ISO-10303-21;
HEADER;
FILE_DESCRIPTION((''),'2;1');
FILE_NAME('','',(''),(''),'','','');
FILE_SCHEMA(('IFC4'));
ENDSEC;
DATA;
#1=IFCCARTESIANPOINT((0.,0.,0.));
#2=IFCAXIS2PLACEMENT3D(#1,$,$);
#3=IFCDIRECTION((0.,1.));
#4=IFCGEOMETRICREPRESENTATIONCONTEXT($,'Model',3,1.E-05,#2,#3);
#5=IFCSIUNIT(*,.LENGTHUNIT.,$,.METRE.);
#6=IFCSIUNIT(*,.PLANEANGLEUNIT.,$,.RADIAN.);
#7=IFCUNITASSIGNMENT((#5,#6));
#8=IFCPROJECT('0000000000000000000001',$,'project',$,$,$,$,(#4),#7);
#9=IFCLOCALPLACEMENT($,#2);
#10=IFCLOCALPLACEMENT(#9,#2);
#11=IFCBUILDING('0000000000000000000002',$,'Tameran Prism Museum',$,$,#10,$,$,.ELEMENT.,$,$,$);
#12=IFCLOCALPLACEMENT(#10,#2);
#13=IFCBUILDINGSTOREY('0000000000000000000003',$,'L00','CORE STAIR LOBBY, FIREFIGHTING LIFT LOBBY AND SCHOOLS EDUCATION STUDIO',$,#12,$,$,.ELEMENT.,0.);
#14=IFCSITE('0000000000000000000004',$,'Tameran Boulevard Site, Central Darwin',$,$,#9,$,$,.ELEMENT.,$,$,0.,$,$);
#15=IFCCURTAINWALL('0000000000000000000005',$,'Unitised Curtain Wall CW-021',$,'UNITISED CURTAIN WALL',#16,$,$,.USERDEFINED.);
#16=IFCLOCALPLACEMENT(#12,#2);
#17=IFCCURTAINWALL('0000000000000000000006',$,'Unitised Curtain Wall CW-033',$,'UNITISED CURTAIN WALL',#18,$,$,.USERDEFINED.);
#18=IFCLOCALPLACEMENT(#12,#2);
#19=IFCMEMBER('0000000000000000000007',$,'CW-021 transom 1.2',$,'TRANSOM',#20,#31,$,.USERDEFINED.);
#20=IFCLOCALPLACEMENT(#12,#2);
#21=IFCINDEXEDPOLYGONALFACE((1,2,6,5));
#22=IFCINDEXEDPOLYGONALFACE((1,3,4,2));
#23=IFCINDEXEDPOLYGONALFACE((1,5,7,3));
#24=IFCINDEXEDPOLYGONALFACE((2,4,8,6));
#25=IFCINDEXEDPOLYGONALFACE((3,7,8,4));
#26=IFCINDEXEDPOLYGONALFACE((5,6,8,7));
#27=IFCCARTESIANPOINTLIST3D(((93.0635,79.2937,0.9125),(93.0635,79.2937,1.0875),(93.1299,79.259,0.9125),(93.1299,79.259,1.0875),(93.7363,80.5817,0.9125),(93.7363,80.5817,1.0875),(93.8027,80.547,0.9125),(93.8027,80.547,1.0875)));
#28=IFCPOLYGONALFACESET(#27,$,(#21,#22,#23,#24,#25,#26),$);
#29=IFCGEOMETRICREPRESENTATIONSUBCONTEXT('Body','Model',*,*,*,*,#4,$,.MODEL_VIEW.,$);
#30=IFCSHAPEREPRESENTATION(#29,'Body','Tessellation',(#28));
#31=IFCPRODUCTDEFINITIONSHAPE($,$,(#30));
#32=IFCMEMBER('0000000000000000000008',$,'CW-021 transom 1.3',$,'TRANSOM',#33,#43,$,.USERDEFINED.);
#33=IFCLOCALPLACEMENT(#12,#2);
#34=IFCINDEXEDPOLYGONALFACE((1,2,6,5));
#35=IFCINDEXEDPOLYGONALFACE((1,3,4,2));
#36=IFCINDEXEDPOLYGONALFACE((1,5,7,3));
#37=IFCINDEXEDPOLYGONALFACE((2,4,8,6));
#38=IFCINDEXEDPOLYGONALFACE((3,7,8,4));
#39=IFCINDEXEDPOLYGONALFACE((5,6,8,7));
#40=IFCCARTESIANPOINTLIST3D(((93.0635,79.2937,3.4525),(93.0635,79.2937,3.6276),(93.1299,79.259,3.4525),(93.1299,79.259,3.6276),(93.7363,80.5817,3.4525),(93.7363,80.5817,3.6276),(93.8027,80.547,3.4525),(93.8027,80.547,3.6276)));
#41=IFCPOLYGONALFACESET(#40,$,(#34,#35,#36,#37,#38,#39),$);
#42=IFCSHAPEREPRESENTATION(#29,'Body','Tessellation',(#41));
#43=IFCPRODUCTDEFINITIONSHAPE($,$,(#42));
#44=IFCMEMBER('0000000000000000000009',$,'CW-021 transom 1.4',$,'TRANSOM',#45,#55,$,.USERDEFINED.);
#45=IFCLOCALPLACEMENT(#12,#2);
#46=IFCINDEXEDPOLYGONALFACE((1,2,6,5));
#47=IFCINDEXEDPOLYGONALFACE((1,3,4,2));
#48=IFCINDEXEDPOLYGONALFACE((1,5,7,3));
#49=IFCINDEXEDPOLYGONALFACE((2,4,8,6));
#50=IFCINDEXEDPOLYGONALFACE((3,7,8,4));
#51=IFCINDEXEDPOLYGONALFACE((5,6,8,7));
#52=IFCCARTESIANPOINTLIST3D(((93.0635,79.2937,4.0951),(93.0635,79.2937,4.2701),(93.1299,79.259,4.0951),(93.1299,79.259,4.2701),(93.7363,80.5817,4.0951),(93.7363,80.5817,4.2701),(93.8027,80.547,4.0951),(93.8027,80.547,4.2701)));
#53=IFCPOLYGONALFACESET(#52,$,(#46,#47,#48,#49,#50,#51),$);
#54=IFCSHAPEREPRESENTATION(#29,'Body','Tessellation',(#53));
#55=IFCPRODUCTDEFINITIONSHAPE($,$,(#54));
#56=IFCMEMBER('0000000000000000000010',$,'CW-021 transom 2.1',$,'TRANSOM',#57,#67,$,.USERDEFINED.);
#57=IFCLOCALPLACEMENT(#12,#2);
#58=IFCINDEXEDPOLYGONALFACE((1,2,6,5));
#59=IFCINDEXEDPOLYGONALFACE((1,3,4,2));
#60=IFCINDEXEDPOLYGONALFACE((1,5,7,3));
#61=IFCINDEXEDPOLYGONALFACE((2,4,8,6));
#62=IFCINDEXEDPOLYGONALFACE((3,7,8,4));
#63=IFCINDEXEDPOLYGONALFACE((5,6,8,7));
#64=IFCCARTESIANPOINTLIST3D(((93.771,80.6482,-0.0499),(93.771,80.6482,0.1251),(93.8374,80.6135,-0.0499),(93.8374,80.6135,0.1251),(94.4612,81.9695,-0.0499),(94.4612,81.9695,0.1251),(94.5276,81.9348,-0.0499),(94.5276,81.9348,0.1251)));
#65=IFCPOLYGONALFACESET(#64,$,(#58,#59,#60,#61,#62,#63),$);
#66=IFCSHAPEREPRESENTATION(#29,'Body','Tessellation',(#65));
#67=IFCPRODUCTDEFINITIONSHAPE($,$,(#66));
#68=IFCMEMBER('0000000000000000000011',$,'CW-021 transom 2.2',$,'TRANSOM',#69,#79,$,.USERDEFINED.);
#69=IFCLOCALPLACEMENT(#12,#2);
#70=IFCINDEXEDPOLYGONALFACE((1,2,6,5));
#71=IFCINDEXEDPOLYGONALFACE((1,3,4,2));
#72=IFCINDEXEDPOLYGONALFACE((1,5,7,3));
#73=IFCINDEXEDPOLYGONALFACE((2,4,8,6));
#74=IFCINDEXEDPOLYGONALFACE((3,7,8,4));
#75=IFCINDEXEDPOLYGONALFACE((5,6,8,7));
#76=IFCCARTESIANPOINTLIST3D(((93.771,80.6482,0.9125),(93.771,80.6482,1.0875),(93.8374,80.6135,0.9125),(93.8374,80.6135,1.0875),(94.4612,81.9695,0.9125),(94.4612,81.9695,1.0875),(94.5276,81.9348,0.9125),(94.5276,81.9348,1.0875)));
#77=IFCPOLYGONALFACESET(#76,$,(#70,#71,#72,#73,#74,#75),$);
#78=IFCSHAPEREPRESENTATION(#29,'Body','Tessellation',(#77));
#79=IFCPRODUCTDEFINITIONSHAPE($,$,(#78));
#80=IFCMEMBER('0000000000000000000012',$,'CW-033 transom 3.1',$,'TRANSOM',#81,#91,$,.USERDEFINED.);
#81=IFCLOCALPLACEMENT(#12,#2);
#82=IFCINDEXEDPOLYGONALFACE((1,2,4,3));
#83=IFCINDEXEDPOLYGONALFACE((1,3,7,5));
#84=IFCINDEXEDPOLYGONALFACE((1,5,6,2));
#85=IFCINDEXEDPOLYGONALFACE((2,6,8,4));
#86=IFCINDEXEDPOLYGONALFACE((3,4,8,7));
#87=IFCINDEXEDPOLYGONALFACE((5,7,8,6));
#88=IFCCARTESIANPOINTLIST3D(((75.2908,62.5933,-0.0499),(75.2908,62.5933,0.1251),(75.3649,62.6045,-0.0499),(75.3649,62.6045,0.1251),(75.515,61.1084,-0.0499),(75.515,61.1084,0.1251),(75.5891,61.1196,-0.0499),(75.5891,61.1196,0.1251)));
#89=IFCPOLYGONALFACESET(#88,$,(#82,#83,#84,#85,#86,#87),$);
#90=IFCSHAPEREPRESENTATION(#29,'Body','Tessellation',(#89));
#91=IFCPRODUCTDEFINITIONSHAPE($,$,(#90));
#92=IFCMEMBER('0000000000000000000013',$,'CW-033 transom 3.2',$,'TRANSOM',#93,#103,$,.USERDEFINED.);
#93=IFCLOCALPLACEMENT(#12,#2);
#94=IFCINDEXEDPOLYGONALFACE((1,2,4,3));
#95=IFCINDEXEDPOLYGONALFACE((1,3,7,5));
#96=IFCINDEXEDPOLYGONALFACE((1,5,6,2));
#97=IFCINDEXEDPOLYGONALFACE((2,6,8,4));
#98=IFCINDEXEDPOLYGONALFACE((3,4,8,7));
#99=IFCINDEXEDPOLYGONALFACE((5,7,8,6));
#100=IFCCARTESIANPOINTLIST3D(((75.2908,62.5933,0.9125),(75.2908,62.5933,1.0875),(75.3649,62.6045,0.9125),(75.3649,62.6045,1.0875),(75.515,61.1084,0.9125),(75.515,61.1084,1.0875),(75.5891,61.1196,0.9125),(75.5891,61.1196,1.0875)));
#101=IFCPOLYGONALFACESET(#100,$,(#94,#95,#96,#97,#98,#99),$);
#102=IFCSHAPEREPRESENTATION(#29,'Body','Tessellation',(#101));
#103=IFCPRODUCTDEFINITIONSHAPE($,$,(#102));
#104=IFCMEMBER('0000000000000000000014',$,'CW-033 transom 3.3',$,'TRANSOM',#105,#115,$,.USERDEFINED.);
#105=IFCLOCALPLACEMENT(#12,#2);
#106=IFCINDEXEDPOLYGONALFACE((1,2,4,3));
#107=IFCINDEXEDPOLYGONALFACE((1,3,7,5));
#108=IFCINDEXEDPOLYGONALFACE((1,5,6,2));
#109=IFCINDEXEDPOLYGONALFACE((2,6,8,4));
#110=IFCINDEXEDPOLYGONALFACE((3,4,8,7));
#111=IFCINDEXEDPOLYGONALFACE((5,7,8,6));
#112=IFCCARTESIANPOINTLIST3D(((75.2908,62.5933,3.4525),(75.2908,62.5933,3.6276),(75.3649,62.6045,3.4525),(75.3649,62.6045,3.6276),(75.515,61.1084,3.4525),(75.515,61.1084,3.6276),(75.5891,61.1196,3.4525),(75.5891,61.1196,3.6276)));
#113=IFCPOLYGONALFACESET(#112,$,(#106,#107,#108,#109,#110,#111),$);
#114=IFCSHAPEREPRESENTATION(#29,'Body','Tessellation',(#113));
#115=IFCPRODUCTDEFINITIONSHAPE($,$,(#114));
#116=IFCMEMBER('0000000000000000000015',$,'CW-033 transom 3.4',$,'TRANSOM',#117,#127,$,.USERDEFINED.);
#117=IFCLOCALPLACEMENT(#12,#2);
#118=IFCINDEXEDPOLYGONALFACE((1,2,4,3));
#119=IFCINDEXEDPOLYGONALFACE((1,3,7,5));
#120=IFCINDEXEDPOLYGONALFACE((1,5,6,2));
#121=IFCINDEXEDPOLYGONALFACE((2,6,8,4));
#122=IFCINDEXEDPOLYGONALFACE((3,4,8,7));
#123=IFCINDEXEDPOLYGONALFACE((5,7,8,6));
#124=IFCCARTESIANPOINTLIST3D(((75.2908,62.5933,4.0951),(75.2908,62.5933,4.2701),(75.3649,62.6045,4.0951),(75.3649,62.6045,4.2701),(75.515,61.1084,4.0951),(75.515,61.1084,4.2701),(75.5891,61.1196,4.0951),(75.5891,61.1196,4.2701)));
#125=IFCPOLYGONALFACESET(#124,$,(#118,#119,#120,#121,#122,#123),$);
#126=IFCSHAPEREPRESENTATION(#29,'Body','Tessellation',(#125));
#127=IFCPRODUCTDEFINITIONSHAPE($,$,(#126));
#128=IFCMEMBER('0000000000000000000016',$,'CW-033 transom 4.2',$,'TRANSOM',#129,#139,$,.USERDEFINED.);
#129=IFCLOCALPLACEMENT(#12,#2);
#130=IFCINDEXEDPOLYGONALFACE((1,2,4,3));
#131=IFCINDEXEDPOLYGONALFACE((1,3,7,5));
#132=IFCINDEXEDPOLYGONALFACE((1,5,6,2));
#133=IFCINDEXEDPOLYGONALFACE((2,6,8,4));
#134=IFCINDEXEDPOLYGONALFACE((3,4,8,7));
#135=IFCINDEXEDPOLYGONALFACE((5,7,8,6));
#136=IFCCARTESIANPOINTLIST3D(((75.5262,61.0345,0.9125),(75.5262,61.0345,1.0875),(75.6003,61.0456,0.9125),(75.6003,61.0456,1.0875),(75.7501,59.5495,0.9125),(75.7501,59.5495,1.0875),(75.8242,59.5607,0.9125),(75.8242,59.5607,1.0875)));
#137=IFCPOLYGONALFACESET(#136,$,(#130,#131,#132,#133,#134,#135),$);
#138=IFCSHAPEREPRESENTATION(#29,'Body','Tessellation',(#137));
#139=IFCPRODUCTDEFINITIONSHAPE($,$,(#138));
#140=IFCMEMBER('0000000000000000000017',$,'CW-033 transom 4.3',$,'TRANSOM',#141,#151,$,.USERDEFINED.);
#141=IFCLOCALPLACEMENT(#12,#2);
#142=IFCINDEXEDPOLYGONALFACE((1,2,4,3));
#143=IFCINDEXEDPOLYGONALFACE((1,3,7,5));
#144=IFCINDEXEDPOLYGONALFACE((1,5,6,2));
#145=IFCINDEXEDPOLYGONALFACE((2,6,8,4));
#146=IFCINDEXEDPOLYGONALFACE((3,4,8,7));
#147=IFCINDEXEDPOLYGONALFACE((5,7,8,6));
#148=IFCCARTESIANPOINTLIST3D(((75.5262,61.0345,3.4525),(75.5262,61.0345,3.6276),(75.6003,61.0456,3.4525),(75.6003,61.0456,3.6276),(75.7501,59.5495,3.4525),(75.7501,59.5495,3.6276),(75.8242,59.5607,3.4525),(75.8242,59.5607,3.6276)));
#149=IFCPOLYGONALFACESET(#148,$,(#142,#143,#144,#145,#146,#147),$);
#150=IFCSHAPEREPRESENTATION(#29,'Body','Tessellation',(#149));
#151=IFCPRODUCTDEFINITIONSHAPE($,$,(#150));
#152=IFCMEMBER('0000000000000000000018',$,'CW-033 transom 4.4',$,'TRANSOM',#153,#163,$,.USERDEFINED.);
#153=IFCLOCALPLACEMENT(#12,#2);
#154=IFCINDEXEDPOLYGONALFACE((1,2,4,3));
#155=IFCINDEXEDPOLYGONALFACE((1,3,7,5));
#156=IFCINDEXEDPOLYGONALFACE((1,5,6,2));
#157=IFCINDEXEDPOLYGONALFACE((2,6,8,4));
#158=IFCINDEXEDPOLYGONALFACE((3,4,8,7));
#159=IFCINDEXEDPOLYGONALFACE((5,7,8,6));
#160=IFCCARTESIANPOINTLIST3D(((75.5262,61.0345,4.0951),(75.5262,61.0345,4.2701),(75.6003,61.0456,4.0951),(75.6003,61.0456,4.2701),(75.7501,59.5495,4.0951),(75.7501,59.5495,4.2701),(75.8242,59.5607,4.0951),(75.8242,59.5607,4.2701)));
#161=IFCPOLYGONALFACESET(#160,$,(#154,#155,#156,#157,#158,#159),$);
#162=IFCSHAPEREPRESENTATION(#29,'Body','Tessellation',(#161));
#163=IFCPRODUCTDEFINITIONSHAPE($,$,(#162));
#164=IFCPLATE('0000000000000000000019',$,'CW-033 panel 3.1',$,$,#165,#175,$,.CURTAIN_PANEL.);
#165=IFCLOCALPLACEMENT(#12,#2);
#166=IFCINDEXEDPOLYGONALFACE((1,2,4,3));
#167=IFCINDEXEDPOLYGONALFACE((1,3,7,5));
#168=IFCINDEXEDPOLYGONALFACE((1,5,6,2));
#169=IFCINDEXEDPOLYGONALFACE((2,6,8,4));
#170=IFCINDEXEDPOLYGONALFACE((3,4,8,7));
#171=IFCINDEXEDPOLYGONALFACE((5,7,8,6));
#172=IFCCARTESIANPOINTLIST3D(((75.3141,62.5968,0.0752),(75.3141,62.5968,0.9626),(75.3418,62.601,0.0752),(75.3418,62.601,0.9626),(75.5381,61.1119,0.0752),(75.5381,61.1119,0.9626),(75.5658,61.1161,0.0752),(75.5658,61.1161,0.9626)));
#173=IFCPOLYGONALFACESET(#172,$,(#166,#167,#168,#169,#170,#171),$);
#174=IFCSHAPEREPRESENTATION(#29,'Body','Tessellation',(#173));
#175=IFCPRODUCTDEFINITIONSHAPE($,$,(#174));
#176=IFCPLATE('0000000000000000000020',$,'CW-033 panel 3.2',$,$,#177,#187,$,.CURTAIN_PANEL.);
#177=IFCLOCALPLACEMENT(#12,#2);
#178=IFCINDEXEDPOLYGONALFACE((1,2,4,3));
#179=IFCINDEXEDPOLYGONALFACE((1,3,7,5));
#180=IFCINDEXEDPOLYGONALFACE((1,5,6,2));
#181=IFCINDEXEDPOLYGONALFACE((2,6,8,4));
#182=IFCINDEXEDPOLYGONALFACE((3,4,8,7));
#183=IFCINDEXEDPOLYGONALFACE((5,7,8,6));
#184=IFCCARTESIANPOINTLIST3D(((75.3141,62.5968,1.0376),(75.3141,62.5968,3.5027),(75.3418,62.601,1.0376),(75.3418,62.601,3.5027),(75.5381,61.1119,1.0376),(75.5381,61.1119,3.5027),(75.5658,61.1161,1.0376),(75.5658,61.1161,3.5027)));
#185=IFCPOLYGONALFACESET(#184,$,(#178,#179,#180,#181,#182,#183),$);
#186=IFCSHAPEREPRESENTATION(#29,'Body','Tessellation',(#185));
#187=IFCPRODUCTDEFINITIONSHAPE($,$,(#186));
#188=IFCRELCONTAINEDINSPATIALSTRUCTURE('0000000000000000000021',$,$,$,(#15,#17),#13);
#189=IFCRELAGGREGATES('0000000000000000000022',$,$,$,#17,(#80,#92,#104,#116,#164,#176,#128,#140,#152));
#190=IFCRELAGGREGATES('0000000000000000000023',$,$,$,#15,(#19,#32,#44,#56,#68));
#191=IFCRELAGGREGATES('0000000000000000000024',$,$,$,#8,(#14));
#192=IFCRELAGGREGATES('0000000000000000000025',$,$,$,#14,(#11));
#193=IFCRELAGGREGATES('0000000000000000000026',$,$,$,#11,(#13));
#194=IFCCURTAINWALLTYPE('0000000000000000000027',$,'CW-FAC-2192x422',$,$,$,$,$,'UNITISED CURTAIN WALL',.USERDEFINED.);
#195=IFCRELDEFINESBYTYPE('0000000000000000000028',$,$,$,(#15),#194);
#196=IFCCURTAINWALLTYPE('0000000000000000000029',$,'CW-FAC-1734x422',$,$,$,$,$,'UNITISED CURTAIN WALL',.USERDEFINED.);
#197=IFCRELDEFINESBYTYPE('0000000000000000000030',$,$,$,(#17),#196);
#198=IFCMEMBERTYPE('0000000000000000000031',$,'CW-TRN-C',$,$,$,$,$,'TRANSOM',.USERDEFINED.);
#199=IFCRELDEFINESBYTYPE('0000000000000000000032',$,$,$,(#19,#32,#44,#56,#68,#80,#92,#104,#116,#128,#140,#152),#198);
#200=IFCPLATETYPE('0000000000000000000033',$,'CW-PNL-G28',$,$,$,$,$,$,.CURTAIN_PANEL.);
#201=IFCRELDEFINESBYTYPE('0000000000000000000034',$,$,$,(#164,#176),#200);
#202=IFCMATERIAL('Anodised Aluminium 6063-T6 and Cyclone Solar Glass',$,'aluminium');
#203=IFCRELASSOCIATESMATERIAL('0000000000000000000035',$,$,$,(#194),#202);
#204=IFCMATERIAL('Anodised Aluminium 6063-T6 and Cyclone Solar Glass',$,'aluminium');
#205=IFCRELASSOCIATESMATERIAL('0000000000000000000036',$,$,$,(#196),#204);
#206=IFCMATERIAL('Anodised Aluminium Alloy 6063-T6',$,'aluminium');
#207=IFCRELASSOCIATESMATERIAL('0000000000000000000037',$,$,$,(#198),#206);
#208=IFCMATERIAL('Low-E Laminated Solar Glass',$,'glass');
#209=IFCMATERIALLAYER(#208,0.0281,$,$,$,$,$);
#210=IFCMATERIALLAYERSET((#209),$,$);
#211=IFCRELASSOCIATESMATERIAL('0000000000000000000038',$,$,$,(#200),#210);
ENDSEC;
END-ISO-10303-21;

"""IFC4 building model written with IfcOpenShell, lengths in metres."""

from ifc_helpers import new_model, si_unit, direction, frame, origin, origin_2d, place, context, subcontext, project, spatial, rectangle, extrude, material, layer, layer_set, material_profile, profile_set, type_object, element, aggregate, save


model = new_model("IFC4")

# Units and contexts
model_context = context("Model", 3, precision=1e-05, world=origin(), true_north=direction((0.0, 1.0)))
body_context = subcontext(model_context, "Body", "Model", "MODEL_VIEW")
ifc_project = project(units=[si_unit("LENGTHUNIT", "METRE"), si_unit("PLANEANGLEUNIT", "RADIAN")], contexts=[model_context])

# Site, building, storey
site_placement = place(None, origin())
site = spatial("IfcSite", under=ifc_project, at=site_placement, Name="Tameran Boulevard Site, Central Darwin", CompositionType="ELEMENT", RefElevation=0.0)
building_placement = place(site_placement, origin())
building = spatial("IfcBuilding", under=site, at=building_placement, Name="Tameran Prism Museum", CompositionType="ELEMENT")
storey_placement = place(building_placement, origin())
storey = spatial("IfcBuildingStorey", under=building, at=storey_placement, Name="L00", Description="CORE STAIR LOBBY, FIREFIGHTING LIFT LOBBY AND SCHOOLS EDUCATION STUDIO", CompositionType="ELEMENT", Elevation=0.0)

# Curtain walls
ifc_material_1 = material(Name="Anodised Aluminium 6063-T6 and Cyclone Solar Glass", Category="aluminium")
curtain_wall_type_1 = type_object("IfcCurtainWallType", Name="CW-FAC-2192x422", ElementType="UNITISED CURTAIN WALL", PredefinedType="USERDEFINED", material=ifc_material_1)
curtain_wall_1_placement = place(storey_placement, origin())
curtain_wall_1 = element("IfcCurtainWall", 1, at=curtain_wall_1_placement, inside=storey, type_object=curtain_wall_type_1, Name="Unitised Curtain Wall CW-021", ObjectType="UNITISED CURTAIN WALL", PredefinedType="USERDEFINED")
ifc_material_2 = material(Name="Anodised Aluminium 6063-T6 and Cyclone Solar Glass", Category="aluminium")
curtain_wall_type_2 = type_object("IfcCurtainWallType", Name="CW-FAC-1734x422", ElementType="UNITISED CURTAIN WALL", PredefinedType="USERDEFINED", material=ifc_material_2)
curtain_wall_2_placement = place(storey_placement, origin())
curtain_wall_2 = element("IfcCurtainWall", 2, at=curtain_wall_2_placement, inside=storey, type_object=curtain_wall_type_2, Name="Unitised Curtain Wall CW-033", ObjectType="UNITISED CURTAIN WALL", PredefinedType="USERDEFINED")

# Members
ifc_material_3 = material(Name="Anodised Aluminium Alloy 6063-T6", Category="aluminium")
ifc_material_profile_1 = material_profile(ifc_material_3, rectangle(XDim=0.075, YDim=0.175, at=origin_2d()))
ifc_profile_set_1 = profile_set([ifc_material_profile_1])
member_type_1 = type_object("IfcMemberType", Name="CW-TRN-C", ElementType="TRANSOM", PredefinedType="USERDEFINED", material=ifc_profile_set_1)
member_1_placement = place(storey_placement, frame((93.0967, 79.2764, 1.0), z_axis=(0.463002, 0.886357, 0.0), x_axis=(-0.886357, 0.463002, 0.0)))
member_1 = element("IfcMember", 3, at=member_1_placement, type_object=member_type_1, Name="CW-021 transom 1.2", ObjectType="TRANSOM", PredefinedType="USERDEFINED", context=body_context, shape_type="SweptSolid", body=[
    extrude(rectangle(XDim=0.075, YDim=0.175, at=origin_2d()), origin(), (0.0, 0.0, 1.0), 1.4531),
])
member_2_placement = place(storey_placement, frame((93.0967, 79.2764, 3.54), z_axis=(0.463002, 0.886357, 0.0), x_axis=(-0.886357, 0.463002, 0.0)))
member_2 = element("IfcMember", 4, at=member_2_placement, type_object=member_type_1, Name="CW-021 transom 1.3", ObjectType="TRANSOM", PredefinedType="USERDEFINED", context=body_context, shape_type="SweptSolid", body=[
    extrude(rectangle(XDim=0.075, YDim=0.175, at=origin_2d()), origin(), (0.0, 0.0, 1.0), 1.4531),
])
member_3_placement = place(storey_placement, frame((93.0967, 79.2764, 4.1826), z_axis=(0.463002, 0.886357, 0.0), x_axis=(-0.886357, 0.463002, 0.0)))
member_3 = element("IfcMember", 5, at=member_3_placement, type_object=member_type_1, Name="CW-021 transom 1.4", ObjectType="TRANSOM", PredefinedType="USERDEFINED", context=body_context, shape_type="SweptSolid", body=[
    extrude(rectangle(XDim=0.075, YDim=0.175, at=origin_2d()), origin(), (0.0, 0.0, 1.0), 1.4531),
])
member_4_placement = place(storey_placement, frame((93.8042, 80.6309, 0.0376), z_axis=(0.462997, 0.88636, 0.0), x_axis=(-0.88636, 0.462997, 0.0)))
member_4 = element("IfcMember", 6, at=member_4_placement, type_object=member_type_1, Name="CW-021 transom 2.1", ObjectType="TRANSOM", PredefinedType="USERDEFINED", context=body_context, shape_type="SweptSolid", body=[
    extrude(rectangle(XDim=0.075, YDim=0.175, at=origin_2d()), origin(), (0.0, 0.0, 1.0), 1.4907),
])
member_5_placement = place(storey_placement, frame((93.8042, 80.6309, 1.0), z_axis=(0.462997, 0.88636, 0.0), x_axis=(-0.88636, 0.462997, 0.0)))
member_5 = element("IfcMember", 7, at=member_5_placement, type_object=member_type_1, Name="CW-021 transom 2.2", ObjectType="TRANSOM", PredefinedType="USERDEFINED", context=body_context, shape_type="SweptSolid", body=[
    extrude(rectangle(XDim=0.075, YDim=0.175, at=origin_2d()), origin(), (0.0, 0.0, 1.0), 1.4907),
])
member_6_placement = place(storey_placement, frame((75.3279, 62.5989, 0.0376), z_axis=(0.149247, -0.9888, 0.0), x_axis=(0.9888, 0.149247, 0.0)))
member_6 = element("IfcMember", 8, at=member_6_placement, type_object=member_type_1, Name="CW-033 transom 3.1", ObjectType="TRANSOM", PredefinedType="USERDEFINED", context=body_context, shape_type="SweptSolid", body=[
    extrude(rectangle(XDim=0.075, YDim=0.175, at=origin_2d()), origin(), (0.0, 0.0, 1.0), 1.5017),
])
member_7_placement = place(storey_placement, frame((75.3279, 62.5989, 1.0), z_axis=(0.149247, -0.9888, 0.0), x_axis=(0.9888, 0.149247, 0.0)))
member_7 = element("IfcMember", 9, at=member_7_placement, type_object=member_type_1, Name="CW-033 transom 3.2", ObjectType="TRANSOM", PredefinedType="USERDEFINED", context=body_context, shape_type="SweptSolid", body=[
    extrude(rectangle(XDim=0.075, YDim=0.175, at=origin_2d()), origin(), (0.0, 0.0, 1.0), 1.5017),
])
member_8_placement = place(storey_placement, frame((75.3279, 62.5989, 3.54), z_axis=(0.149247, -0.9888, 0.0), x_axis=(0.9888, 0.149247, 0.0)))
member_8 = element("IfcMember", 10, at=member_8_placement, type_object=member_type_1, Name="CW-033 transom 3.3", ObjectType="TRANSOM", PredefinedType="USERDEFINED", context=body_context, shape_type="SweptSolid", body=[
    extrude(rectangle(XDim=0.075, YDim=0.175, at=origin_2d()), origin(), (0.0, 0.0, 1.0), 1.5017),
])
member_9_placement = place(storey_placement, frame((75.3279, 62.5989, 4.1826), z_axis=(0.149247, -0.9888, 0.0), x_axis=(0.9888, 0.149247, 0.0)))
member_9 = element("IfcMember", 11, at=member_9_placement, type_object=member_type_1, Name="CW-033 transom 3.4", ObjectType="TRANSOM", PredefinedType="USERDEFINED", context=body_context, shape_type="SweptSolid", body=[
    extrude(rectangle(XDim=0.075, YDim=0.175, at=origin_2d()), origin(), (0.0, 0.0, 1.0), 1.5017),
])
member_10_placement = place(storey_placement, frame((75.5632, 61.04, 1.0), z_axis=(0.149088, -0.988824, 0.0), x_axis=(0.988824, 0.149088, 0.0)))
member_10 = element("IfcMember", 12, at=member_10_placement, type_object=member_type_1, Name="CW-033 transom 4.2", ObjectType="TRANSOM", PredefinedType="USERDEFINED", context=body_context, shape_type="SweptSolid", body=[
    extrude(rectangle(XDim=0.075, YDim=0.175, at=origin_2d()), origin(), (0.0, 0.0, 1.0), 1.5017),
])
member_11_placement = place(storey_placement, frame((75.5632, 61.04, 3.54), z_axis=(0.149088, -0.988824, 0.0), x_axis=(0.988824, 0.149088, 0.0)))
member_11 = element("IfcMember", 13, at=member_11_placement, type_object=member_type_1, Name="CW-033 transom 4.3", ObjectType="TRANSOM", PredefinedType="USERDEFINED", context=body_context, shape_type="SweptSolid", body=[
    extrude(rectangle(XDim=0.075, YDim=0.175, at=origin_2d()), origin(), (0.0, 0.0, 1.0), 1.5017),
])
member_12_placement = place(storey_placement, frame((75.5632, 61.04, 4.1826), z_axis=(0.149088, -0.988824, 0.0), x_axis=(0.988824, 0.149088, 0.0)))
member_12 = element("IfcMember", 14, at=member_12_placement, type_object=member_type_1, Name="CW-033 transom 4.4", ObjectType="TRANSOM", PredefinedType="USERDEFINED", context=body_context, shape_type="SweptSolid", body=[
    extrude(rectangle(XDim=0.075, YDim=0.175, at=origin_2d()), origin(), (0.0, 0.0, 1.0), 1.5017),
])

# Plates
ifc_material_4 = material(Name="Low-E Laminated Solar Glass", Category="glass")
ifc_layer_1 = layer(ifc_material_4, 0.0281)
ifc_layer_set_1 = layer_set([ifc_layer_1])
plate_type_1 = type_object("IfcPlateType", Name="CW-PNL-G28", PredefinedType="CURTAIN_PANEL", material=ifc_layer_set_1)
plate_1_placement = place(storey_placement, frame((75.4399, 61.8564, 0.0752), z_axis=(0.0, 0.0, 1.0), x_axis=(0.149167, -0.988812, 0.0)))
plate_1 = element("IfcPlate", 15, at=plate_1_placement, type_object=plate_type_1, Name="CW-033 panel 3.1", PredefinedType="CURTAIN_PANEL", context=body_context, shape_type="SweptSolid", body=[
    extrude(rectangle(XDim=1.5017, YDim=0.0281, at=origin_2d()), origin(), (0.0, 0.0, 1.0), 0.8875),
])
plate_2_placement = place(storey_placement, frame((75.4399, 61.8564, 1.0376), z_axis=(0.0, 0.0, 1.0), x_axis=(0.149167, -0.988812, 0.0)))
plate_2 = element("IfcPlate", 16, at=plate_2_placement, type_object=plate_type_1, Name="CW-033 panel 3.2", PredefinedType="CURTAIN_PANEL", context=body_context, shape_type="SweptSolid", body=[
    extrude(rectangle(XDim=1.5017, YDim=0.0281, at=origin_2d()), origin(), (0.0, 0.0, 1.0), 2.4651),
])
aggregate(curtain_wall_2, [member_6, member_7, member_8, member_9, plate_1, plate_2, member_10, member_11, member_12])
aggregate(curtain_wall_1, [member_1, member_2, member_3, member_4, member_5])

save(model, "model.ifc")
